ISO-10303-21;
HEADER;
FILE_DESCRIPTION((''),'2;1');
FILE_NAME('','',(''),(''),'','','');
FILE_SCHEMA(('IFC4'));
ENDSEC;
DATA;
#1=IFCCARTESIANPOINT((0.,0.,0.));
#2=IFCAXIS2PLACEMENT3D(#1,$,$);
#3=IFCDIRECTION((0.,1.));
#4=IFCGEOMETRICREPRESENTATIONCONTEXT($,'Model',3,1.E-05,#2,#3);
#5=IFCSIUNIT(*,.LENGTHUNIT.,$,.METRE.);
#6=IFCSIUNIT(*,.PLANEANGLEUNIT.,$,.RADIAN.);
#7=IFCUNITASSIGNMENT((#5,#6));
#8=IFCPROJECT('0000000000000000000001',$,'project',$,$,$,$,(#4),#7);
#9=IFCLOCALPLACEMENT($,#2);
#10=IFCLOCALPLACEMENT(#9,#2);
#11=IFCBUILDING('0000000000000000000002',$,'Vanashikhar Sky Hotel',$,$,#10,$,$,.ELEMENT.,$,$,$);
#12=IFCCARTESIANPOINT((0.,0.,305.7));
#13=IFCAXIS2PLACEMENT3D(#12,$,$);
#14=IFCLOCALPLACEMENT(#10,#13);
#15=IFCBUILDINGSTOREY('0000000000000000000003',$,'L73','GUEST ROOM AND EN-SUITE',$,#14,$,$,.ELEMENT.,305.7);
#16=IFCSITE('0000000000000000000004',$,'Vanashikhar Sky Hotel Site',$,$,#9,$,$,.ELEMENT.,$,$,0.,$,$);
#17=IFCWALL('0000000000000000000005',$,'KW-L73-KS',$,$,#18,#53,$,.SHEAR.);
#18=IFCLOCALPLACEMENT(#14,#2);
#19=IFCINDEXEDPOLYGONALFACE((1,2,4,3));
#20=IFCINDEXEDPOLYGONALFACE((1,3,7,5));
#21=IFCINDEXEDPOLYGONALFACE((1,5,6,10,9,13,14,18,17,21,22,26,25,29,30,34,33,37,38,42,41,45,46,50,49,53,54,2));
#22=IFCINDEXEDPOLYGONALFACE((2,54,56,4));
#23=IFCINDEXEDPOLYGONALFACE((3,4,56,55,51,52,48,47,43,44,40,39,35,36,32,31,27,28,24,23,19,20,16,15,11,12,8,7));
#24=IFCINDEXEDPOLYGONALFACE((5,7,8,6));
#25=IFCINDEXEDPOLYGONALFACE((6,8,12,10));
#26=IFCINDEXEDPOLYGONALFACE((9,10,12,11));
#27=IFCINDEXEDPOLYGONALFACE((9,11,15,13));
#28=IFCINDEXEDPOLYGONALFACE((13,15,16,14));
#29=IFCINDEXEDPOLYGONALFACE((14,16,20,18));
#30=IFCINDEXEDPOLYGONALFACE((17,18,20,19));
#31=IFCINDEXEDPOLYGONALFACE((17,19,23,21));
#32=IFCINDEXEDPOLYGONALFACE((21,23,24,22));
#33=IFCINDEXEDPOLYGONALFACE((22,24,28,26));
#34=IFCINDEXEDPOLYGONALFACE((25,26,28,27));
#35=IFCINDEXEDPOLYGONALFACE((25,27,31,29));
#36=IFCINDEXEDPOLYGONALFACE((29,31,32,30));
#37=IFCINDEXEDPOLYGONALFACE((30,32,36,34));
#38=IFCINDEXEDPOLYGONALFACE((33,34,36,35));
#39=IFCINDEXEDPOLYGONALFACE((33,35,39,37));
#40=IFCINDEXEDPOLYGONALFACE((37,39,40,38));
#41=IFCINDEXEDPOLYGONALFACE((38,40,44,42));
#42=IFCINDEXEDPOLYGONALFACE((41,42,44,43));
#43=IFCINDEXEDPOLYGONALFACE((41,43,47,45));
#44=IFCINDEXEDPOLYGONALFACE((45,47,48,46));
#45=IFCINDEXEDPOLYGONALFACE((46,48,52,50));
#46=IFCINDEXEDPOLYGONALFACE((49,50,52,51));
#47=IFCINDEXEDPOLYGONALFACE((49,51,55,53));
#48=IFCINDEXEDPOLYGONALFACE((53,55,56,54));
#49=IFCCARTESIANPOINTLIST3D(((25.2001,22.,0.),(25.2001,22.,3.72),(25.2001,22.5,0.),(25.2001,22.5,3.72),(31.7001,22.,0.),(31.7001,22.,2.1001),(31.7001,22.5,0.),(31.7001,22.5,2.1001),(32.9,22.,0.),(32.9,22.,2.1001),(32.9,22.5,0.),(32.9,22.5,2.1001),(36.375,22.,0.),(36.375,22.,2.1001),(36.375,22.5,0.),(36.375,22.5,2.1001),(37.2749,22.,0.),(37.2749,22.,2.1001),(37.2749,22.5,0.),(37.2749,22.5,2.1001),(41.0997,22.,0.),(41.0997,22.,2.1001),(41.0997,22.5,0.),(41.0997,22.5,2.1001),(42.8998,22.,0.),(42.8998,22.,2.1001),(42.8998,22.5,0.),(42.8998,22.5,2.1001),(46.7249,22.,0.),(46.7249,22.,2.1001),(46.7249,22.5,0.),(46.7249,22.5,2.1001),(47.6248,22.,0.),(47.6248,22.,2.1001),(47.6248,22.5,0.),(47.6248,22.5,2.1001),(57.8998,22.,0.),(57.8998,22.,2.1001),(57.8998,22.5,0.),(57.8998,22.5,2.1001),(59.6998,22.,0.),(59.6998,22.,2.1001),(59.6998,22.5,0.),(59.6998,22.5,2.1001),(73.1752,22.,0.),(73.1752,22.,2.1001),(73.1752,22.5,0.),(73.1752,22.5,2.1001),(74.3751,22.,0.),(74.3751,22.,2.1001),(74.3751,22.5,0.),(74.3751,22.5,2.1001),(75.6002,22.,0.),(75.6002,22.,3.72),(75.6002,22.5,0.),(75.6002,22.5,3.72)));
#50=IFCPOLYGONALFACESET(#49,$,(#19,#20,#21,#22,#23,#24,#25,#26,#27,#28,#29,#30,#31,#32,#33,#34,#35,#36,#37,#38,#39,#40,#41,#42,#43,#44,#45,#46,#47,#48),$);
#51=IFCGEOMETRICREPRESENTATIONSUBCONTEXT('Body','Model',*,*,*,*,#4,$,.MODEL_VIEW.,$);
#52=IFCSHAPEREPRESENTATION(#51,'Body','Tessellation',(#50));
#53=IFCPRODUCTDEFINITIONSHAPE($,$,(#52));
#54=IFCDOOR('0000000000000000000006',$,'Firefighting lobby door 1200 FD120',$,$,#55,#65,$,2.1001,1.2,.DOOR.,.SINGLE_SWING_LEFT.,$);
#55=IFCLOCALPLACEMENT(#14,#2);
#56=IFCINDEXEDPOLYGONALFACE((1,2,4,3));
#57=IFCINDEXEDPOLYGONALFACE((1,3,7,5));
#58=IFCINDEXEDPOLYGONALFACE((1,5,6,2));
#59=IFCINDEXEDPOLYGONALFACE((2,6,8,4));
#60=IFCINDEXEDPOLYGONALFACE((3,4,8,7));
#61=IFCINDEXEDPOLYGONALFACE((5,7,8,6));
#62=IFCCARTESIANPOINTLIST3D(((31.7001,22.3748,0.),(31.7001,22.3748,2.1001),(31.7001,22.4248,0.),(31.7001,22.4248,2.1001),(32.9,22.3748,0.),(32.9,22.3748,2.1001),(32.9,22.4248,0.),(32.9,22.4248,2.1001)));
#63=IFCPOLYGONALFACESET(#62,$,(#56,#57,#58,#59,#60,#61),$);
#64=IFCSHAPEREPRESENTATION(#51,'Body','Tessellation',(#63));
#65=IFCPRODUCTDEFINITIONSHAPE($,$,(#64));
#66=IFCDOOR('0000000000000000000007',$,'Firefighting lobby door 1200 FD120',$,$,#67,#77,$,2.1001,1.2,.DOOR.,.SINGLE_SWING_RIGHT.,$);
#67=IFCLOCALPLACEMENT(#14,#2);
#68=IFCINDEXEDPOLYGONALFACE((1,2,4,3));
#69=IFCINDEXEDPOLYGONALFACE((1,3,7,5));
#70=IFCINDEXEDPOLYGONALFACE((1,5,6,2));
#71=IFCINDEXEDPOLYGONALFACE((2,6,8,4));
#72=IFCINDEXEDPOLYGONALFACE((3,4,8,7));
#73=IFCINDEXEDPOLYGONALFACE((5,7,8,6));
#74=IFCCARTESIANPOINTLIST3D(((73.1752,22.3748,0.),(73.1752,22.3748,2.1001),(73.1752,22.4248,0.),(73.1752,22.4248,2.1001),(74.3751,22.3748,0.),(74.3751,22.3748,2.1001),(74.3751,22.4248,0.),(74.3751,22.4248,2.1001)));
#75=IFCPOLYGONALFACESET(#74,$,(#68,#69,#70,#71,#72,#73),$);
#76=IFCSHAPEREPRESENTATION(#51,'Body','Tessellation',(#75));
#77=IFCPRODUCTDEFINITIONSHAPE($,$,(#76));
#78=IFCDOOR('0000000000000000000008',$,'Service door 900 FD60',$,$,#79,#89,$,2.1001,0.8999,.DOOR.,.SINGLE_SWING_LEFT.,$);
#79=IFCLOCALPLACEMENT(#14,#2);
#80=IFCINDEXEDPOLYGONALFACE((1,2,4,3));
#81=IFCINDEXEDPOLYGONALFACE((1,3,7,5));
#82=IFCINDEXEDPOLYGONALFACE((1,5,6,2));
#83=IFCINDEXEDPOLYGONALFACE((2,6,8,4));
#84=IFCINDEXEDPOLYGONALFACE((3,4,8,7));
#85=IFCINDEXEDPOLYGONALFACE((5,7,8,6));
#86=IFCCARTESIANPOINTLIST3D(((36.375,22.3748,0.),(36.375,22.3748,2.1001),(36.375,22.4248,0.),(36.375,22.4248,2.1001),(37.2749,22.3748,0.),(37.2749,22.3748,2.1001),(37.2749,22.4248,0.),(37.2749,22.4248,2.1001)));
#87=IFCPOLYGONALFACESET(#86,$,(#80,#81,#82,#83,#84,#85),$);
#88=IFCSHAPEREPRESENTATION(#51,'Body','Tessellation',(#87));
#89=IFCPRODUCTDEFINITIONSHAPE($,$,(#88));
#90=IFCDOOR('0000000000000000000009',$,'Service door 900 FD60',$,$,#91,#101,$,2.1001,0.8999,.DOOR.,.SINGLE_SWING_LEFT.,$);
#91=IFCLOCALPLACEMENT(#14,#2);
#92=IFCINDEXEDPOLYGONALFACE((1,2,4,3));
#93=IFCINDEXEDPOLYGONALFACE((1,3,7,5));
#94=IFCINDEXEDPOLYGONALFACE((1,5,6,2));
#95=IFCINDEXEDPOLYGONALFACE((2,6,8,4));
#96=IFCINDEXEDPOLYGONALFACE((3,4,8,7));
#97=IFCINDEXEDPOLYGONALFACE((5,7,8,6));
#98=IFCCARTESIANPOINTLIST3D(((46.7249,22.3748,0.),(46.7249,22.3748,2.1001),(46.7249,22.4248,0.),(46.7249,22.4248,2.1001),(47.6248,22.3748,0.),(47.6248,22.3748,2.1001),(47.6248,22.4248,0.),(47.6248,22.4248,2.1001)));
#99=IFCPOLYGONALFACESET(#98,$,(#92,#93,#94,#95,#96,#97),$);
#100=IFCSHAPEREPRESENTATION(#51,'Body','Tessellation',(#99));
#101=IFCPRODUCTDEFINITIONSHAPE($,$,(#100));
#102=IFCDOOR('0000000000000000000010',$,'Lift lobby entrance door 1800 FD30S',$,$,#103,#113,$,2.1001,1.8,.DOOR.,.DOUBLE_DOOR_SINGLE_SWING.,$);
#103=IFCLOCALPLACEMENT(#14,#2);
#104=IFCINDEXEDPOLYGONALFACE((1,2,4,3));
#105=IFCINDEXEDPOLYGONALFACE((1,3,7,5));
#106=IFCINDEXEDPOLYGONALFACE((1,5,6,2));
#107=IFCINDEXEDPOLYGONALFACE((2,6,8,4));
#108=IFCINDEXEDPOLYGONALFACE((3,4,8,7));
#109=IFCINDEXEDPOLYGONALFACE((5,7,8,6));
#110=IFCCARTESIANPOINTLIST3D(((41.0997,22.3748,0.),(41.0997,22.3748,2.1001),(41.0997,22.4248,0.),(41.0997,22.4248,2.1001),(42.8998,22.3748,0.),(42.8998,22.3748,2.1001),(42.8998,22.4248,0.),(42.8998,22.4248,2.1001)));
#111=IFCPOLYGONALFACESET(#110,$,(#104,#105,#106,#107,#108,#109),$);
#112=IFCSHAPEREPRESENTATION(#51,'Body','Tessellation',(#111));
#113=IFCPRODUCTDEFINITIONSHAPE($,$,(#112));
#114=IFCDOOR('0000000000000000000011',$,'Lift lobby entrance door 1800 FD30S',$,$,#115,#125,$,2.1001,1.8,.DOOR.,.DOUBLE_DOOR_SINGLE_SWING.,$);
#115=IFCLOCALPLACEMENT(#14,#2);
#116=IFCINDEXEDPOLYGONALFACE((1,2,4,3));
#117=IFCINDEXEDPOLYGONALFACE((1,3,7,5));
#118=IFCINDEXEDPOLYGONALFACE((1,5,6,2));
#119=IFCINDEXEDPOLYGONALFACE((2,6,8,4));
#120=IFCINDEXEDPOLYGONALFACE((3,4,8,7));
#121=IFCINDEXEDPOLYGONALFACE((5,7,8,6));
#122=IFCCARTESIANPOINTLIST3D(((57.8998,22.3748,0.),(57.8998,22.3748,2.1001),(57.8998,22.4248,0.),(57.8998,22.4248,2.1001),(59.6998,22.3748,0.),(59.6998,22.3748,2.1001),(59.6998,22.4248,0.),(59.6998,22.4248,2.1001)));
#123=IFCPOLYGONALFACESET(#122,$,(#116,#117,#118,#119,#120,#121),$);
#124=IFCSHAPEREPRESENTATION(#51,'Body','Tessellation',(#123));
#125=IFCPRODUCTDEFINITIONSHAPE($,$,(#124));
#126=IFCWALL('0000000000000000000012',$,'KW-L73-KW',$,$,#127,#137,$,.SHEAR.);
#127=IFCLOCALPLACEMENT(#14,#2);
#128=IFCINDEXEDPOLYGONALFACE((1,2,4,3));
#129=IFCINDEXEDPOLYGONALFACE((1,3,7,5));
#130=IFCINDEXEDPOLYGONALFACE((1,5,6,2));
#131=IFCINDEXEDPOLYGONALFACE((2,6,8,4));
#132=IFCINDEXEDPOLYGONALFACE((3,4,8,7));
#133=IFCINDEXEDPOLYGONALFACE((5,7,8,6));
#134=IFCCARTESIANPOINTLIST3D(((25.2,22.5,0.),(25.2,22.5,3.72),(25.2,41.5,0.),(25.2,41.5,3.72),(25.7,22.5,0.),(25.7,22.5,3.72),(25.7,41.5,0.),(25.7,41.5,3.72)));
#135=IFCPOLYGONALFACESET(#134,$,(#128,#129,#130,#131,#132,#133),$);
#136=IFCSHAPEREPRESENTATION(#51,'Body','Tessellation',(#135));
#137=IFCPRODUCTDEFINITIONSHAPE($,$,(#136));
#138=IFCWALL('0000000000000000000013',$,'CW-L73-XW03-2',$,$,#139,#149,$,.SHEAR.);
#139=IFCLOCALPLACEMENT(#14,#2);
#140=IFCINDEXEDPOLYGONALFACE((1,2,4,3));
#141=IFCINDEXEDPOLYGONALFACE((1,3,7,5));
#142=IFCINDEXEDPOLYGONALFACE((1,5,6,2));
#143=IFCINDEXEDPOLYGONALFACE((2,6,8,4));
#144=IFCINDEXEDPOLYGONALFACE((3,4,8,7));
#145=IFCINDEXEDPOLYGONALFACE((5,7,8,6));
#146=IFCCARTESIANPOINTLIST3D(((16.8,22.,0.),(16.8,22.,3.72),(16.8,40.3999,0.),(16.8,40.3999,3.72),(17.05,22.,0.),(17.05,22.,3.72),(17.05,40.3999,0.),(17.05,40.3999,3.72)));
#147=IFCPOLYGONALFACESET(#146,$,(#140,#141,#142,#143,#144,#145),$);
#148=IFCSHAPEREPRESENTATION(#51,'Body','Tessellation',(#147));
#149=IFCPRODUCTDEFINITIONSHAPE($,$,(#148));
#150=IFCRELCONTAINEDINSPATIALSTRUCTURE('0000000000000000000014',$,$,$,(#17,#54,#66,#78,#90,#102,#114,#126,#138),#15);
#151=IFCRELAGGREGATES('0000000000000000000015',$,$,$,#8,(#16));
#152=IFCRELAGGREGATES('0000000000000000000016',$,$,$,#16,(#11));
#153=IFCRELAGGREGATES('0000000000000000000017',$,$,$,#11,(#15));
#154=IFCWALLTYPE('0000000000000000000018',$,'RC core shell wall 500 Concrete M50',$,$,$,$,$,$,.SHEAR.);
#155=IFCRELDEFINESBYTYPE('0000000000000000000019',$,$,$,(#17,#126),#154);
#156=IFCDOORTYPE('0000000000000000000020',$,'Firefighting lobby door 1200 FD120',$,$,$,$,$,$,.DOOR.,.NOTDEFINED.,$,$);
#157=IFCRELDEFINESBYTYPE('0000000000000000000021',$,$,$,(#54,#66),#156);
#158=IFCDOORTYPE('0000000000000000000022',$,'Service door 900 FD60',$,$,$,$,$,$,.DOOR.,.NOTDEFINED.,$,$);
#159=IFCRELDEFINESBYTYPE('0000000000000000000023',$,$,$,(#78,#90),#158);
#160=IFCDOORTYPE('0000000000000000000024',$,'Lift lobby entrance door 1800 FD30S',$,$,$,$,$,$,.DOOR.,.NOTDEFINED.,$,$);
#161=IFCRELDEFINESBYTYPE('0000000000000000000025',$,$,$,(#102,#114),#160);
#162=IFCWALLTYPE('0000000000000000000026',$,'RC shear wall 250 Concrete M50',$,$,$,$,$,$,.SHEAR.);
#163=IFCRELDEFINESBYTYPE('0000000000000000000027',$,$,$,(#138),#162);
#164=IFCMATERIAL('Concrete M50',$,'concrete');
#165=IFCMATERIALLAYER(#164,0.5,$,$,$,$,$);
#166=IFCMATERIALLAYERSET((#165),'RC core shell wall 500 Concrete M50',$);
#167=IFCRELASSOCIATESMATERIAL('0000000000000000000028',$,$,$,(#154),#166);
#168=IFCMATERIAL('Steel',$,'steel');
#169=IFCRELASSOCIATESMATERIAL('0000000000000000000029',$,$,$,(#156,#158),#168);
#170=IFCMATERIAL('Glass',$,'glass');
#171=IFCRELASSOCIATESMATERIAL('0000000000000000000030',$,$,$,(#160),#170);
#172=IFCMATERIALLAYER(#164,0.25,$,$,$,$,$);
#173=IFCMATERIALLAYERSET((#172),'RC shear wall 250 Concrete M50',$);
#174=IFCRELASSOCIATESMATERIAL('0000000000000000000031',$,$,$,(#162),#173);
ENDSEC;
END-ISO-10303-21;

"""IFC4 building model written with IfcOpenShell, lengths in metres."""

from ifc_helpers import new_model, si_unit, direction, frame, frame_2d, origin, place, context, subcontext, project, spatial, rectangle, extrude, source, transform, mapped, material, layer, layer_set, type_object, element, fill, save


model = new_model("IFC4")

# Units and contexts
model_context = context("Model", 3, precision=1e-05, world=origin(), true_north=direction((0.0, 1.0)))
body_context = subcontext(model_context, "Body", "Model", "MODEL_VIEW")
ifc_project = project(units=[si_unit("LENGTHUNIT", "METRE"), si_unit("PLANEANGLEUNIT", "RADIAN")], contexts=[model_context])

# Site, building, storey
site_placement = place(None, origin())
site = spatial("IfcSite", under=ifc_project, at=site_placement, Name="Vanashikhar Sky Hotel Site", CompositionType="ELEMENT", RefElevation=0.0)
building_placement = place(site_placement, origin())
building = spatial("IfcBuilding", under=site, at=building_placement, Name="Vanashikhar Sky Hotel", CompositionType="ELEMENT")
storey_placement = place(building_placement, frame((0.0, 0.0, 305.7)))
storey = spatial("IfcBuildingStorey", under=building, at=storey_placement, Name="L73", Description="GUEST ROOM AND EN-SUITE", CompositionType="ELEMENT", Elevation=305.7)

# Wall, openings, doors
ifc_material_1 = material(Name="Concrete M50", Category="concrete")
ifc_layer_1 = layer(ifc_material_1, 0.5)
ifc_layer_set_1 = layer_set([ifc_layer_1], Name="RC core shell wall 500 Concrete M50")
wall_type_1 = type_object("IfcWallType", Name="RC core shell wall 500 Concrete M50", PredefinedType="SHEAR", material=ifc_layer_set_1)
shared_shape_1 = source(origin(), body_context, "Body", "SweptSolid", [
    extrude(rectangle(XDim=50.4001, YDim=0.5, at=frame_2d((25.2002, 0.0))), origin(), (0.0, 0.0, 1.0), 3.72),
])
wall_1_placement = place(storey_placement, frame((25.2, 22.25, 0.0), z_axis=(0.0, 0.0, 1.0), x_axis=(1.0, 0.0, 0.0)))
wall_1 = element("IfcWall", 1, at=wall_1_placement, inside=storey, type_object=wall_type_1, Name="KW-L73-KS", PredefinedType="SHEAR", context=body_context, shape_type="MappedRepresentation", body=[
    mapped(shared_shape_1, transform((0.0, 0.0, 0.0), scale=1.0)),
])
shared_shape_2 = source(origin(), body_context, "Body", "SweptSolid", [
    extrude(rectangle(XDim=1.8, YDim=2.1001, at=frame_2d((0.8999, 1.05))), frame((0.0, 0.26, 0.0), z_axis=(0.0, -1.0, 0.0), x_axis=(1.0, 0.0, 0.0)), (0.0, 0.0, 1.0), 0.52),
])
opening_1_placement = place(wall_1_placement, frame((15.8999, 0.0, 0.0)))
opening_1 = element("IfcOpeningElement", 2, at=opening_1_placement, cuts=wall_1, PredefinedType="OPENING", context=body_context, shape_type="MappedRepresentation", body=[
    mapped(shared_shape_2, transform((0.0, 0.0, 0.0), scale=1.0)),
])
shared_shape_3 = source(origin(), body_context, "Body", "SweptSolid", [
    extrude(rectangle(XDim=0.8999, YDim=2.1001, at=frame_2d((0.45, 1.05))), frame((0.0, 0.26, 0.0), z_axis=(0.0, -1.0, 0.0), x_axis=(1.0, 0.0, 0.0)), (0.0, 0.0, 1.0), 0.52),
])
opening_2_placement = place(wall_1_placement, frame((11.175, 0.0, 0.0)))
opening_2 = element("IfcOpeningElement", 3, at=opening_2_placement, cuts=wall_1, PredefinedType="OPENING", context=body_context, shape_type="MappedRepresentation", body=[
    mapped(shared_shape_3, transform((0.0, 0.0, 0.0), scale=1.0)),
])
opening_3_placement = place(wall_1_placement, frame((21.5249, 0.0, 0.0)))
opening_3 = element("IfcOpeningElement", 4, at=opening_3_placement, cuts=wall_1, PredefinedType="OPENING", context=body_context, shape_type="MappedRepresentation", body=[
    mapped(shared_shape_3, transform((0.0, 0.0, 0.0), scale=1.0)),
])
opening_4_placement = place(wall_1_placement, frame((32.7, 0.0, 0.0)))
opening_4 = element("IfcOpeningElement", 5, at=opening_4_placement, cuts=wall_1, PredefinedType="OPENING", context=body_context, shape_type="MappedRepresentation", body=[
    mapped(shared_shape_2, transform((0.0, 0.0, 0.0), scale=1.0)),
])
shared_shape_4 = source(origin(), body_context, "Body", "SweptSolid", [
    extrude(rectangle(XDim=1.2, YDim=2.1001, at=frame_2d((0.6001, 1.05))), frame((0.0, 0.26, 0.0), z_axis=(0.0, -1.0, 0.0), x_axis=(1.0, 0.0, 0.0)), (0.0, 0.0, 1.0), 0.52),
])
opening_5_placement = place(wall_1_placement, frame((6.5, 0.0, 0.0)))
opening_5 = element("IfcOpeningElement", 6, at=opening_5_placement, cuts=wall_1, PredefinedType="OPENING", context=body_context, shape_type="MappedRepresentation", body=[
    mapped(shared_shape_4, transform((0.0, 0.0, 0.0), scale=1.0)),
])
opening_6_placement = place(wall_1_placement, frame((47.9751, 0.0, 0.0)))
opening_6 = element("IfcOpeningElement", 7, at=opening_6_placement, cuts=wall_1, PredefinedType="OPENING", context=body_context, shape_type="MappedRepresentation", body=[
    mapped(shared_shape_4, transform((0.0, 0.0, 0.0), scale=1.0)),
])
ifc_material_2 = material(Name="Steel", Category="steel")
door_type_1 = type_object("IfcDoorType", Name="Firefighting lobby door 1200 FD120", OperationType="NOTDEFINED", PredefinedType="DOOR", material=ifc_material_2)
shared_shape_5 = source(origin(), body_context, "Body", "SweptSolid", [
    extrude(rectangle(XDim=1.2, YDim=2.1001, at=frame_2d((0.6001, 1.05))), frame((0.0, 0.1748, 0.0), z_axis=(0.0, -1.0, 0.0), x_axis=(1.0, 0.0, 0.0)), (0.0, 0.0, 1.0), 0.05),
])
door_1_placement = place(opening_5_placement, origin())
door_1 = element("IfcDoor", 8, at=door_1_placement, inside=storey, type_object=door_type_1, Name="Firefighting lobby door 1200 FD120", OperationType="SINGLE_SWING_LEFT", OverallHeight=2.1001, OverallWidth=1.2, PredefinedType="DOOR", context=body_context, shape_type="MappedRepresentation", body=[
    mapped(shared_shape_5, transform((0.0, 0.0, 0.0), scale=1.0)),
])
fill(opening_5, door_1)
door_2_placement = place(opening_6_placement, origin())
door_2 = element("IfcDoor", 9, at=door_2_placement, inside=storey, type_object=door_type_1, Name="Firefighting lobby door 1200 FD120", OperationType="SINGLE_SWING_RIGHT", OverallHeight=2.1001, OverallWidth=1.2, PredefinedType="DOOR", context=body_context, shape_type="MappedRepresentation", body=[
    mapped(shared_shape_5, transform((0.0, 0.0, 0.0), scale=1.0)),
])
fill(opening_6, door_2)
door_type_2 = type_object("IfcDoorType", Name="Service door 900 FD60", OperationType="NOTDEFINED", PredefinedType="DOOR", material=ifc_material_2)
shared_shape_6 = source(origin(), body_context, "Body", "SweptSolid", [
    extrude(rectangle(XDim=0.8999, YDim=2.1001, at=frame_2d((0.45, 1.05))), frame((0.0, 0.1748, 0.0), z_axis=(0.0, -1.0, 0.0), x_axis=(1.0, 0.0, 0.0)), (0.0, 0.0, 1.0), 0.05),
])
door_3_placement = place(opening_2_placement, origin())
door_3 = element("IfcDoor", 10, at=door_3_placement, inside=storey, type_object=door_type_2, Name="Service door 900 FD60", OperationType="SINGLE_SWING_LEFT", OverallHeight=2.1001, OverallWidth=0.8999, PredefinedType="DOOR", context=body_context, shape_type="MappedRepresentation", body=[
    mapped(shared_shape_6, transform((0.0, 0.0, 0.0), scale=1.0)),
])
fill(opening_2, door_3)
door_4_placement = place(opening_3_placement, origin())
door_4 = element("IfcDoor", 11, at=door_4_placement, inside=storey, type_object=door_type_2, Name="Service door 900 FD60", OperationType="SINGLE_SWING_LEFT", OverallHeight=2.1001, OverallWidth=0.8999, PredefinedType="DOOR", context=body_context, shape_type="MappedRepresentation", body=[
    mapped(shared_shape_6, transform((0.0, 0.0, 0.0), scale=1.0)),
])
fill(opening_3, door_4)
ifc_material_3 = material(Name="Glass", Category="glass")
door_type_3 = type_object("IfcDoorType", Name="Lift lobby entrance door 1800 FD30S", OperationType="NOTDEFINED", PredefinedType="DOOR", material=ifc_material_3)
shared_shape_7 = source(origin(), body_context, "Body", "SweptSolid", [
    extrude(rectangle(XDim=1.8, YDim=2.1001, at=frame_2d((0.8999, 1.05))), frame((0.0, 0.1748, 0.0), z_axis=(0.0, -1.0, 0.0), x_axis=(1.0, 0.0, 0.0)), (0.0, 0.0, 1.0), 0.05),
])
door_5_placement = place(opening_1_placement, origin())
door_5 = element("IfcDoor", 12, at=door_5_placement, inside=storey, type_object=door_type_3, Name="Lift lobby entrance door 1800 FD30S", OperationType="DOUBLE_DOOR_SINGLE_SWING", OverallHeight=2.1001, OverallWidth=1.8, PredefinedType="DOOR", context=body_context, shape_type="MappedRepresentation", body=[
    mapped(shared_shape_7, transform((0.0, 0.0, 0.0), scale=1.0)),
])
fill(opening_1, door_5)
door_6_placement = place(opening_4_placement, origin())
door_6 = element("IfcDoor", 13, at=door_6_placement, inside=storey, type_object=door_type_3, Name="Lift lobby entrance door 1800 FD30S", OperationType="DOUBLE_DOOR_SINGLE_SWING", OverallHeight=2.1001, OverallWidth=1.8, PredefinedType="DOOR", context=body_context, shape_type="MappedRepresentation", body=[
    mapped(shared_shape_7, transform((0.0, 0.0, 0.0), scale=1.0)),
])
fill(opening_4, door_6)

# Walls
shared_shape_8 = source(origin(), body_context, "Body", "SweptSolid", [
    extrude(rectangle(XDim=19.0, YDim=0.5, at=frame_2d((9.5, 0.0))), origin(), (0.0, 0.0, 1.0), 3.72),
])
wall_2_placement = place(storey_placement, frame((25.45, 22.5, 0.0), z_axis=(0.0, 0.0, 1.0), x_axis=(0.0, 1.0, 0.0)))
element("IfcWall", 14, at=wall_2_placement, inside=storey, type_object=wall_type_1, Name="KW-L73-KW", PredefinedType="SHEAR", context=body_context, shape_type="MappedRepresentation", body=[
    mapped(shared_shape_8, transform((0.0, 0.0, 0.0), scale=1.0)),
])
ifc_layer_2 = layer(ifc_material_1, 0.25)
ifc_layer_set_2 = layer_set([ifc_layer_2], Name="RC shear wall 250 Concrete M50")
wall_type_2 = type_object("IfcWallType", Name="RC shear wall 250 Concrete M50", PredefinedType="SHEAR", material=ifc_layer_set_2)
shared_shape_9 = source(origin(), body_context, "Body", "SweptSolid", [
    extrude(rectangle(XDim=18.3999, YDim=0.25, at=frame_2d((9.2, 0.0))), origin(), (0.0, 0.0, 1.0), 3.72),
])
wall_3_placement = place(storey_placement, frame((16.925, 22.0, 0.0), z_axis=(0.0, 0.0, 1.0), x_axis=(0.0, 1.0, 0.0)))
element("IfcWall", 15, at=wall_3_placement, inside=storey, type_object=wall_type_2, Name="CW-L73-XW03-2", PredefinedType="SHEAR", context=body_context, shape_type="MappedRepresentation", body=[
    mapped(shared_shape_9, transform((0.0, 0.0, 0.0), scale=1.0)),
])

save(model, "model.ifc")
